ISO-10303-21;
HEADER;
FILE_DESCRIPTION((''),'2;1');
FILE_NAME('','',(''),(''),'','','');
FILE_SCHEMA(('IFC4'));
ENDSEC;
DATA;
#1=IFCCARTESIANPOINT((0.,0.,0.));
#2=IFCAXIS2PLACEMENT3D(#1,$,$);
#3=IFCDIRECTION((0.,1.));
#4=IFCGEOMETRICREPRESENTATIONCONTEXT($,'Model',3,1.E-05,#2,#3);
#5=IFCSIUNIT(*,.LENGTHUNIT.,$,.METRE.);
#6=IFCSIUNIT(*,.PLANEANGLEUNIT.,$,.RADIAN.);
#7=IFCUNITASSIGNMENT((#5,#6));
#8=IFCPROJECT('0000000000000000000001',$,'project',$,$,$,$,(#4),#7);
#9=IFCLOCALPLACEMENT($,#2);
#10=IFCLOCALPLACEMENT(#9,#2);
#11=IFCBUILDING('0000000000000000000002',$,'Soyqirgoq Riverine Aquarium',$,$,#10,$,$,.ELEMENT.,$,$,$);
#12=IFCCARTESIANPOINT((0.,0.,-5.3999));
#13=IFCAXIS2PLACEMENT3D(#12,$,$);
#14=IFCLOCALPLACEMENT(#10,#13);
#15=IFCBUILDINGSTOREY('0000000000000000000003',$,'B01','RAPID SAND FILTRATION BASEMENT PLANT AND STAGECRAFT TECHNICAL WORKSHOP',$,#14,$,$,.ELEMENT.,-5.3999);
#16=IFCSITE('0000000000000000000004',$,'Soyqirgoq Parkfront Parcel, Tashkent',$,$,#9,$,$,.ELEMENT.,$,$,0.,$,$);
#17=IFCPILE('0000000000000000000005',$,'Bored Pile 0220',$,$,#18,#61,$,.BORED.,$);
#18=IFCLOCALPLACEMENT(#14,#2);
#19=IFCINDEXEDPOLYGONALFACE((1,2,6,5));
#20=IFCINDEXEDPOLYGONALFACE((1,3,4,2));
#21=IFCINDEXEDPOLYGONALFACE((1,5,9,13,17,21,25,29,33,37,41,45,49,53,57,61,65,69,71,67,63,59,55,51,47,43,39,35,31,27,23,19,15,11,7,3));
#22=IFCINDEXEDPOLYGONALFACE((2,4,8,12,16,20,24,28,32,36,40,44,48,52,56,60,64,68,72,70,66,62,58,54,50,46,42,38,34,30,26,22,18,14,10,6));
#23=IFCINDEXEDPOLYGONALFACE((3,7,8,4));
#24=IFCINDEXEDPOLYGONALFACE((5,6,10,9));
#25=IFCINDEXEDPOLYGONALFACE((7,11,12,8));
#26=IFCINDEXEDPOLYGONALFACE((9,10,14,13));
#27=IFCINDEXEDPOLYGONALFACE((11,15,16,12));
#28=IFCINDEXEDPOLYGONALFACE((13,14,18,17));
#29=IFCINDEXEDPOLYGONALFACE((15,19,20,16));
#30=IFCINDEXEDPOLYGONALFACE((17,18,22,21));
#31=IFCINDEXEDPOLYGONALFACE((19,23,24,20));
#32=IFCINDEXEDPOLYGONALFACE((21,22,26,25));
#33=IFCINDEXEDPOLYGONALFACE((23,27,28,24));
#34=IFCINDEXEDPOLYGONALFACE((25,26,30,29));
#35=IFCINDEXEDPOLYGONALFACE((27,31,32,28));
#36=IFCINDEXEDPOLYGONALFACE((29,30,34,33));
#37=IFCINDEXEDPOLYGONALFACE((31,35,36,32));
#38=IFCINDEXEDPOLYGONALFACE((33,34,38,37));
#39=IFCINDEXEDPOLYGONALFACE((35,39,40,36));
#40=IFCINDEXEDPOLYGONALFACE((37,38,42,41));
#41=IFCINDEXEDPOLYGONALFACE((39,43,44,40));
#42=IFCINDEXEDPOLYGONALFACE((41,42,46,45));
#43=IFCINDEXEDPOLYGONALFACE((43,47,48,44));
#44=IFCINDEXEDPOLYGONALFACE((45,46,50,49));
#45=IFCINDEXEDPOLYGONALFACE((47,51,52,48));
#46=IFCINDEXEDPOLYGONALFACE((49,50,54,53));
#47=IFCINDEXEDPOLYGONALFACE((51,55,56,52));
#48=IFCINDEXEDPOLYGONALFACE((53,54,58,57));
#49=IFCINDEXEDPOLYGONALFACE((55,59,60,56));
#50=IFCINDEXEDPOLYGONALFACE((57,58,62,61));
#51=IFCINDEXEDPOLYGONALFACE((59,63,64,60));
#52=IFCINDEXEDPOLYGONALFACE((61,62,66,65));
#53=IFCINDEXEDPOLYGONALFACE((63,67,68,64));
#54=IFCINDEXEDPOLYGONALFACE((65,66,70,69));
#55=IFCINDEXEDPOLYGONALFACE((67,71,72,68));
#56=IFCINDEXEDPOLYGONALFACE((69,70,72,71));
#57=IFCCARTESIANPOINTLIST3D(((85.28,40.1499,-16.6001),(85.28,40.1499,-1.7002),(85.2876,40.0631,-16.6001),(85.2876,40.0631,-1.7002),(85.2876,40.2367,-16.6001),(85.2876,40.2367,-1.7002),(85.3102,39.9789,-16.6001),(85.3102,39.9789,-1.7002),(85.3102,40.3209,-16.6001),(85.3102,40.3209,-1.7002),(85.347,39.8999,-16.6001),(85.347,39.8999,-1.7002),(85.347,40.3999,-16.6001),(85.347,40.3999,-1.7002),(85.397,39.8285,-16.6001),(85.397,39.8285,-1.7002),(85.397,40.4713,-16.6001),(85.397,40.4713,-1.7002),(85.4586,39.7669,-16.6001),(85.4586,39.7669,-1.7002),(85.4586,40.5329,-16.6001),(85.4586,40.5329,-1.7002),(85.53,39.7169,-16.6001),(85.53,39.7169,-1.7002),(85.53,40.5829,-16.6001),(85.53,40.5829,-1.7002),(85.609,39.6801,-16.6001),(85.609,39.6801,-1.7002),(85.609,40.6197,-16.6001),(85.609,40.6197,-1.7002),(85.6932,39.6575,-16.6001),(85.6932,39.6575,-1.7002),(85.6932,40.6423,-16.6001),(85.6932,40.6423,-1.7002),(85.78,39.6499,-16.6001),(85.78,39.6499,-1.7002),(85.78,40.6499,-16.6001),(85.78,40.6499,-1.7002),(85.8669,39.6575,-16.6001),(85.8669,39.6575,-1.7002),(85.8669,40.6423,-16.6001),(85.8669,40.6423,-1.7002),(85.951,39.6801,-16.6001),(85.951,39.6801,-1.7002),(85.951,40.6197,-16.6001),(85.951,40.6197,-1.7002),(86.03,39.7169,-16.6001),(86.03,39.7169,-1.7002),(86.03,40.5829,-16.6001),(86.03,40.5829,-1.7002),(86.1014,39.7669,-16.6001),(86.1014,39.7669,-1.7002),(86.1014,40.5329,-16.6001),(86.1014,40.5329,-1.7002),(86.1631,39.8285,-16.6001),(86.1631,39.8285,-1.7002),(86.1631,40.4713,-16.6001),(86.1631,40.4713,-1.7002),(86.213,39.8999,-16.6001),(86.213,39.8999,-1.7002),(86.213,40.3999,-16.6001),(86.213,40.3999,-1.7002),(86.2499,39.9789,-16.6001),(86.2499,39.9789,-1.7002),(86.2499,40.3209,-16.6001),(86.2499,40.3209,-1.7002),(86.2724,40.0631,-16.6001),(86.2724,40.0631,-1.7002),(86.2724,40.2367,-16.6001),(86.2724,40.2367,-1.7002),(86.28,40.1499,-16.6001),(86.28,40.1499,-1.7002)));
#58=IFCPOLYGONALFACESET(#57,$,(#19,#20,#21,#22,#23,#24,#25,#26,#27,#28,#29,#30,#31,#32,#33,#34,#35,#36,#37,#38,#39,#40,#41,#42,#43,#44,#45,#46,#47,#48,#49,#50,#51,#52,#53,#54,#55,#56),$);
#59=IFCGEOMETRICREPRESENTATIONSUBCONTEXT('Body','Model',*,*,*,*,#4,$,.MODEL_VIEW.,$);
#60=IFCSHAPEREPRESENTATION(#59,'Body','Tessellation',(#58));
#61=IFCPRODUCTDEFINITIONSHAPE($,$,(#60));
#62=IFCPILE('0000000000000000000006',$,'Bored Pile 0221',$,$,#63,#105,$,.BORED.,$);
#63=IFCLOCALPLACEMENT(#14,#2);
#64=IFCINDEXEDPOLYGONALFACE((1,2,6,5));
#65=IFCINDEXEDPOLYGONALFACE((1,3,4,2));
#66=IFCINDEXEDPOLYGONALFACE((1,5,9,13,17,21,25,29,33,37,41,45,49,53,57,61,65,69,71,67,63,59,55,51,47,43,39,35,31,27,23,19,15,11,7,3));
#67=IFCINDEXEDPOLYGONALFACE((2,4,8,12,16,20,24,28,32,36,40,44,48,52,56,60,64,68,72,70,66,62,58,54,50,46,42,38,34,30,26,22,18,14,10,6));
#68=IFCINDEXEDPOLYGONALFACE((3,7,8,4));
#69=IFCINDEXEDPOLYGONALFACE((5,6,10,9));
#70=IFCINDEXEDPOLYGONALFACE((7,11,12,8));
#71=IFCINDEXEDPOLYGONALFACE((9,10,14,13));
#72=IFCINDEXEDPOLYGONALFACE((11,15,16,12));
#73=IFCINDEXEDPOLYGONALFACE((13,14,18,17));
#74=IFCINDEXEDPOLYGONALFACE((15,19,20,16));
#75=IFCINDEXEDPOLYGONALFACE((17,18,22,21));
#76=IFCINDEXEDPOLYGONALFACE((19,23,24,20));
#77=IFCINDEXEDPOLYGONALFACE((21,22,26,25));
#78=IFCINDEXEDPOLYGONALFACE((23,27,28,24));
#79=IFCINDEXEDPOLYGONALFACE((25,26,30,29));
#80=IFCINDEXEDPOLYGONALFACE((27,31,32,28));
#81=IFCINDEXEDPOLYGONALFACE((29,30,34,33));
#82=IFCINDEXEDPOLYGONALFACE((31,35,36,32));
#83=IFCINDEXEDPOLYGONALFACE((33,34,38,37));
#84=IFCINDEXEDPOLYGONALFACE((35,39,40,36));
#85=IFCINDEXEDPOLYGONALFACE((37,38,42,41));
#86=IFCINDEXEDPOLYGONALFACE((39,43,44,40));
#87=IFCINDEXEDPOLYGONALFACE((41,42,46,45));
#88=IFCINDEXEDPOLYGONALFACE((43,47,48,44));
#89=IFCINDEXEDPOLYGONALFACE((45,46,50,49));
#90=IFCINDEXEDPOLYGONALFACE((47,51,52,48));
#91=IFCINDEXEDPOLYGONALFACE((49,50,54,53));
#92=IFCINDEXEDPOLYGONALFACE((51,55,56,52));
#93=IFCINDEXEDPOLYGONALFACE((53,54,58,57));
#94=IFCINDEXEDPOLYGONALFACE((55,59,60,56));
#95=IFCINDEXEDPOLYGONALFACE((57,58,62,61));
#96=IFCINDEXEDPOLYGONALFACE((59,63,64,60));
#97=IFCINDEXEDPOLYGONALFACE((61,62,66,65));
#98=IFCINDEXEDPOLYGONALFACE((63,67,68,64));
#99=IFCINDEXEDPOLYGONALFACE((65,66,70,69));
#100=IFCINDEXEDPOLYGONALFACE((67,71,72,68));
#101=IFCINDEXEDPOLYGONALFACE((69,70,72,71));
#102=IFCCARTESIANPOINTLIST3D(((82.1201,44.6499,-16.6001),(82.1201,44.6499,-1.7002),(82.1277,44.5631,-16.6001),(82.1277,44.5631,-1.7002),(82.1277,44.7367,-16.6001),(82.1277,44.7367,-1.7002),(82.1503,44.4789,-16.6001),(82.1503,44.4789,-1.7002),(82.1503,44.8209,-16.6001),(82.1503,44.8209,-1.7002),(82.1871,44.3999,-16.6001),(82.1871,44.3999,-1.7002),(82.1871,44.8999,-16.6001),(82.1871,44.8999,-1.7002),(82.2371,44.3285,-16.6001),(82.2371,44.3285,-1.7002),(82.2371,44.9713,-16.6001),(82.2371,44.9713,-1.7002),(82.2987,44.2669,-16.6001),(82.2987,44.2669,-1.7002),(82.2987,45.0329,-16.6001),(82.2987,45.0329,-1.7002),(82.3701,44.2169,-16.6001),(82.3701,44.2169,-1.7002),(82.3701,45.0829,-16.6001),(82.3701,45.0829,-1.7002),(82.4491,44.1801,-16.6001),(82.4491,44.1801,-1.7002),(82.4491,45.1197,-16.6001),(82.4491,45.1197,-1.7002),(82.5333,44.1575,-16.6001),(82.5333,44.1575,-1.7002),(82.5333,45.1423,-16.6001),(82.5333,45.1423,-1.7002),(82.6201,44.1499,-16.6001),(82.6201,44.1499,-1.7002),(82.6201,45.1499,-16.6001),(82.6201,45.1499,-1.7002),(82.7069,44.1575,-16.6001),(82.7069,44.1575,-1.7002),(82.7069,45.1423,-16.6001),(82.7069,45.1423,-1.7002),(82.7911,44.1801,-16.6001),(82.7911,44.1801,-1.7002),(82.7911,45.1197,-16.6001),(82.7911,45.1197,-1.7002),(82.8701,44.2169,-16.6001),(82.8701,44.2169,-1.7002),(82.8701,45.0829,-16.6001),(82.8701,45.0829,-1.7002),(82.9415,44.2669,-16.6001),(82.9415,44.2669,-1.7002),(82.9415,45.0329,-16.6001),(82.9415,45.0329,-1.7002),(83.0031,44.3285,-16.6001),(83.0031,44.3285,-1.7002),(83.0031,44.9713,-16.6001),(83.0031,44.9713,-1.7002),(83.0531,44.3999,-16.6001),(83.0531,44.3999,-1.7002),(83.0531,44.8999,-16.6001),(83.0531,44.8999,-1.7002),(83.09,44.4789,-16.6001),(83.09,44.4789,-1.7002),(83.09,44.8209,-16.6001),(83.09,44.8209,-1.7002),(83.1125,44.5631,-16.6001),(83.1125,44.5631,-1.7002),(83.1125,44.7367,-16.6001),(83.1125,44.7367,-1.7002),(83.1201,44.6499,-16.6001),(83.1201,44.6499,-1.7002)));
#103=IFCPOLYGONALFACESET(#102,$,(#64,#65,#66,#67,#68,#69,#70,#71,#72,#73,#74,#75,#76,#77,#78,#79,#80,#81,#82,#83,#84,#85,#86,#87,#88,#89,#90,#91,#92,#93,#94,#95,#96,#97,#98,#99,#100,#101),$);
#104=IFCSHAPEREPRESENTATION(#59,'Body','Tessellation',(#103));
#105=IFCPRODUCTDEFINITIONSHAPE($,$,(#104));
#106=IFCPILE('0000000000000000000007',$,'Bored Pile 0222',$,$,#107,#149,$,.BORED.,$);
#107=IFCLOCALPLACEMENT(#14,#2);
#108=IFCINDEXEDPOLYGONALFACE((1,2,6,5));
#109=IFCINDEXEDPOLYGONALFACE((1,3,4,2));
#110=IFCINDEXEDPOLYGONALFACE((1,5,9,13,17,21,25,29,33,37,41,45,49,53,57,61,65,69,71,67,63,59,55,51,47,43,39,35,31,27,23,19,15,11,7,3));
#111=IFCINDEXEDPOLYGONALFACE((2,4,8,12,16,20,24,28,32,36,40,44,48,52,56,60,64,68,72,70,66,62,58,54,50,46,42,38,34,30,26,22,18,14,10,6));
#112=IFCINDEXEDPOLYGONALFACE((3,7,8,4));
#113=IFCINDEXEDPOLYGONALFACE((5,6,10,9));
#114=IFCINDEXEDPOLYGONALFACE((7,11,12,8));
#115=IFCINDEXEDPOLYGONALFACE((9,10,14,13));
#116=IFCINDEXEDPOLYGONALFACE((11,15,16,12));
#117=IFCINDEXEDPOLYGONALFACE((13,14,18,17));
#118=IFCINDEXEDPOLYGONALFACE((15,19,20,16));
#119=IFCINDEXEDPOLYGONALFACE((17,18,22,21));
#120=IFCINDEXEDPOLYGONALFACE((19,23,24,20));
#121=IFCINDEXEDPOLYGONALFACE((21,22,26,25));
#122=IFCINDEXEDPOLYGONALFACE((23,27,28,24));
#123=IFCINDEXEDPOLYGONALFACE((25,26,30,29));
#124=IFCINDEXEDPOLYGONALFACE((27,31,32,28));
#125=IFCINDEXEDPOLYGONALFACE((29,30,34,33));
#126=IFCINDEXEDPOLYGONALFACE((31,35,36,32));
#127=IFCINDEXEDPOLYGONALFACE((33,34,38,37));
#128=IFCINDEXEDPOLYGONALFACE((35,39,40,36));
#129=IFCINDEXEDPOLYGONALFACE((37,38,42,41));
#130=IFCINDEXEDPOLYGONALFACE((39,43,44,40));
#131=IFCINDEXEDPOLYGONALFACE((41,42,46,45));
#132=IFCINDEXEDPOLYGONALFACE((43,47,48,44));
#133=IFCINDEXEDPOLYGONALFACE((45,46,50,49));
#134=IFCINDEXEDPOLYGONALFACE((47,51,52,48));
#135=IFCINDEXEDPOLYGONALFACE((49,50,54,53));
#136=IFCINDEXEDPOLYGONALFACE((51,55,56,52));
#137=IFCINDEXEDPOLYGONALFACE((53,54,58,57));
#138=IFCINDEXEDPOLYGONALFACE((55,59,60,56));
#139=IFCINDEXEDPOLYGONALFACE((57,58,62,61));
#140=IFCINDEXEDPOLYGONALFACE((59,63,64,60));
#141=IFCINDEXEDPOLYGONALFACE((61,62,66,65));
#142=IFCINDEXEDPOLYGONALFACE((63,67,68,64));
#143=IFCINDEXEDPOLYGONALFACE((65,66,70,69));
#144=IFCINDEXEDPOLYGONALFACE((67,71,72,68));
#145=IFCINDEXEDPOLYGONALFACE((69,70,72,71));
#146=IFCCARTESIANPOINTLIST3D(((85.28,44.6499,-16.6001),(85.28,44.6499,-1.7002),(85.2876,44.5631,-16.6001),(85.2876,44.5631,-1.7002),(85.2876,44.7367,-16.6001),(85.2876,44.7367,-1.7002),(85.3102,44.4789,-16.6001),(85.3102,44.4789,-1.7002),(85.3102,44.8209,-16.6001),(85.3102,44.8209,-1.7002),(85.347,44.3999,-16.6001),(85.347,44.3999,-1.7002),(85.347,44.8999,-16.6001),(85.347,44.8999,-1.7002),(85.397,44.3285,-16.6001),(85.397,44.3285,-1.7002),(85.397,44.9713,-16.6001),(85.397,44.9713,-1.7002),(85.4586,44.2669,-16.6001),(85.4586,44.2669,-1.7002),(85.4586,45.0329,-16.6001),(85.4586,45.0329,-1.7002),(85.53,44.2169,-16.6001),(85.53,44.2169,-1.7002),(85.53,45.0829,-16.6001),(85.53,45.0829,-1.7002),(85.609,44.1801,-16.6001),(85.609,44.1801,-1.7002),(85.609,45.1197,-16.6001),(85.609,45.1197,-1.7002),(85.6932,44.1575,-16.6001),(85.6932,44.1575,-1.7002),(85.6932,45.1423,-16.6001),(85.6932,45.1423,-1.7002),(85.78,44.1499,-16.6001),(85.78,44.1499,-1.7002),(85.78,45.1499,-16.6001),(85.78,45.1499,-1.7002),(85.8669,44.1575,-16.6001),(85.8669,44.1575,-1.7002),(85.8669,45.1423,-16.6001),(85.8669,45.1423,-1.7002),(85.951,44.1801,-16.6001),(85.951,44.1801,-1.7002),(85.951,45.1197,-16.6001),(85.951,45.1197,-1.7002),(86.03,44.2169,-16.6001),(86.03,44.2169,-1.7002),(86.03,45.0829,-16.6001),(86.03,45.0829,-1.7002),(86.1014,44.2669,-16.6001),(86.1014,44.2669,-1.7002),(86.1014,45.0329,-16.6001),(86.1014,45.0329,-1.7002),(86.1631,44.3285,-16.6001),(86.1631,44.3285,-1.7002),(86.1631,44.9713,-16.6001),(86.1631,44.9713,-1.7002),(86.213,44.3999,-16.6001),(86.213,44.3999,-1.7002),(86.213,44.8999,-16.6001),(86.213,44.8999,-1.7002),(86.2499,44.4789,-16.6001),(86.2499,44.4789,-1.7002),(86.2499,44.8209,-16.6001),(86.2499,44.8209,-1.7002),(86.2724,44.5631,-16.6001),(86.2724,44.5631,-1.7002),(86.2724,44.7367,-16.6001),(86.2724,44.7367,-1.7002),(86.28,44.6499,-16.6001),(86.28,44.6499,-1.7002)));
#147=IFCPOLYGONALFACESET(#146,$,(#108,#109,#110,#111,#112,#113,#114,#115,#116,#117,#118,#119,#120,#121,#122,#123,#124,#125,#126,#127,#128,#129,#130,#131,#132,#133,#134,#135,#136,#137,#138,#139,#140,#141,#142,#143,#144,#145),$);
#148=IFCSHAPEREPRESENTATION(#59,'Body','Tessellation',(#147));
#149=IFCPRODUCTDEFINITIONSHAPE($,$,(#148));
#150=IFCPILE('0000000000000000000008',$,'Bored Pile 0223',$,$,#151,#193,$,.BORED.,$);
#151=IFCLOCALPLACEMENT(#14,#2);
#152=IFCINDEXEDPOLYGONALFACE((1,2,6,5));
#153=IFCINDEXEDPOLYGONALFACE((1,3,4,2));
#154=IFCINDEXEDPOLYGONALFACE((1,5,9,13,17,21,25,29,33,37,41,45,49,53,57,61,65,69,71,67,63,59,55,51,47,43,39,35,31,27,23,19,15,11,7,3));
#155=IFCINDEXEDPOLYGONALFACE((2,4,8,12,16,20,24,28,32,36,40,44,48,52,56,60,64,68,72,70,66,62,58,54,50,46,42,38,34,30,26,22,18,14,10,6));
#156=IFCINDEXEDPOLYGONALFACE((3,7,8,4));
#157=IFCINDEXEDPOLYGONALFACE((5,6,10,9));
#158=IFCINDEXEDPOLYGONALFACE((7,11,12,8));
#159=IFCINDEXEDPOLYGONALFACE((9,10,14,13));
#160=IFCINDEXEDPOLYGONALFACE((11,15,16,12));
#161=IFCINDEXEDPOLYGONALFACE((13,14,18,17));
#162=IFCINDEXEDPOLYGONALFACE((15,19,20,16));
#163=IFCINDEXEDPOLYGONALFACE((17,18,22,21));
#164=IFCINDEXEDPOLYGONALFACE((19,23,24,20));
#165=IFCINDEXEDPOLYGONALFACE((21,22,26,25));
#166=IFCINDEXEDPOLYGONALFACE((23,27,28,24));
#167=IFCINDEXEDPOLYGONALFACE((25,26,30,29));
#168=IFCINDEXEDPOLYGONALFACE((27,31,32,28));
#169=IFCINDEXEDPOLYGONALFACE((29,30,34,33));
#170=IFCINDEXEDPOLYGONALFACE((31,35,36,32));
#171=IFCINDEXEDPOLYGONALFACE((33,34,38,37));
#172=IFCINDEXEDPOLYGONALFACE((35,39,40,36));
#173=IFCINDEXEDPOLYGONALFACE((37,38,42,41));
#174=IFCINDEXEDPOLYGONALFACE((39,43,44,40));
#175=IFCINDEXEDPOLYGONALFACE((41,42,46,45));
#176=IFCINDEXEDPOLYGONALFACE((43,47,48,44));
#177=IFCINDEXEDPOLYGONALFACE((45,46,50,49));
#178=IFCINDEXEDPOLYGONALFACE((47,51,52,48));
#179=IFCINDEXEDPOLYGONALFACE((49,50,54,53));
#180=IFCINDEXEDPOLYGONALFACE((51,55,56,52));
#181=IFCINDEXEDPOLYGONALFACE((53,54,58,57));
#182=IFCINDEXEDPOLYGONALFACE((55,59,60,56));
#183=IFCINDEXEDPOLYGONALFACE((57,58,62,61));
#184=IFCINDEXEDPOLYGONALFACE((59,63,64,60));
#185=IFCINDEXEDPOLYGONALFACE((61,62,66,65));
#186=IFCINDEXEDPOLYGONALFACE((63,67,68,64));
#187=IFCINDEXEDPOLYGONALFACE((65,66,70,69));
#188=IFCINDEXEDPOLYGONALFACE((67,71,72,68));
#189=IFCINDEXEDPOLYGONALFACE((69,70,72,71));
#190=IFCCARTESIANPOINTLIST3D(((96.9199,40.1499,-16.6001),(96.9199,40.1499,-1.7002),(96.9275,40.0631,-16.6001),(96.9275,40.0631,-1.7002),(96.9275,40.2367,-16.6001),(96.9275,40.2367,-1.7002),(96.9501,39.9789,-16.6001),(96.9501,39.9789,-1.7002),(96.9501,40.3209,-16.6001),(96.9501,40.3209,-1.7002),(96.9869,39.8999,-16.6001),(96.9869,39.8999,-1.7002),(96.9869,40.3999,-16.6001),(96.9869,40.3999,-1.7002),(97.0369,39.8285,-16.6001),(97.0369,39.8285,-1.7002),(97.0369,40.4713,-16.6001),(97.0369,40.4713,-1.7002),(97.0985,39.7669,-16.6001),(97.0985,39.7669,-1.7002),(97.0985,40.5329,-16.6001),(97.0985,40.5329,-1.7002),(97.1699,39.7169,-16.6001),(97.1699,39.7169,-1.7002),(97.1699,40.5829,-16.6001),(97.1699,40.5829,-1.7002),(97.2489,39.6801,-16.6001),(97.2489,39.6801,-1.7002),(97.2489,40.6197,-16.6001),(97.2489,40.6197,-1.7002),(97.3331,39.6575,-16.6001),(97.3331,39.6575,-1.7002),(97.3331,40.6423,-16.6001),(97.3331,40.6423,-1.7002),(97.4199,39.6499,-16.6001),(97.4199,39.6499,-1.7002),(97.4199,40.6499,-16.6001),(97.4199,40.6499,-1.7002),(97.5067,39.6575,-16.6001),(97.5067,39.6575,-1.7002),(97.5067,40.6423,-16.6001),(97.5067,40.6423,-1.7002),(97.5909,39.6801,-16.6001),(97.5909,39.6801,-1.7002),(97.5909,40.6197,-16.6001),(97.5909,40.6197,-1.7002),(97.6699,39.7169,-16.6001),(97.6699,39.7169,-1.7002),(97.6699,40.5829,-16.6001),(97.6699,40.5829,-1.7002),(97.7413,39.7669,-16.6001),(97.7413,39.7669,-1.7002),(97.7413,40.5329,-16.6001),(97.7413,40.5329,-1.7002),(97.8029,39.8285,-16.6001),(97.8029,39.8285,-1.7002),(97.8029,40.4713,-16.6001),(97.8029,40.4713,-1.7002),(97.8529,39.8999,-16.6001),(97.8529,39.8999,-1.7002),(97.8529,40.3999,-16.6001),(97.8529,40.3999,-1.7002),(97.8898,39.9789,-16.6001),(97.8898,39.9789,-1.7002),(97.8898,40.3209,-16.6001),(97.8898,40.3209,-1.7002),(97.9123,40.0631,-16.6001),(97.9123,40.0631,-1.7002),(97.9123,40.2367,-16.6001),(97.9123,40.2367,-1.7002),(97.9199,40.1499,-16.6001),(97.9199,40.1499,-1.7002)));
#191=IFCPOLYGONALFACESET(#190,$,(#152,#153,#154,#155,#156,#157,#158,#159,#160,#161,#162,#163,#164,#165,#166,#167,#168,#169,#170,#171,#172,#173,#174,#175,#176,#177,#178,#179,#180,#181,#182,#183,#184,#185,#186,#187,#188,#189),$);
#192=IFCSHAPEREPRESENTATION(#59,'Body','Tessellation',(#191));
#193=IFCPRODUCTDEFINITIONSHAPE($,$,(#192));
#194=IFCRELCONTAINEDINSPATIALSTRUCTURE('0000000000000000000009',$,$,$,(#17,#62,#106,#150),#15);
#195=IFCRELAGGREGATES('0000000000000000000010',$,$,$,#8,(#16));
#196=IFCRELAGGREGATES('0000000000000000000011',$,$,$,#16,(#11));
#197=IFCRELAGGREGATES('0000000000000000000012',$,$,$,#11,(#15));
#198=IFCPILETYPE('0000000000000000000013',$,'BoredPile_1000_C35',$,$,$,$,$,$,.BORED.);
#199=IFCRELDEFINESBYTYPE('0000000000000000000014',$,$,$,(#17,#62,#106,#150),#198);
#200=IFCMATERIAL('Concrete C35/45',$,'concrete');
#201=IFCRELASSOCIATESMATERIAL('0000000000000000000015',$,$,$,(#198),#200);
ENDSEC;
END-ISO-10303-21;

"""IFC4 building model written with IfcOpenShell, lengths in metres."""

from ifc_helpers import new_model, si_unit, direction, frame, origin, origin_2d, place, context, subcontext, project, spatial, circle, extrude, material, material_profile, profile_set, type_object, element, save


model = new_model("IFC4")

# Units and contexts
model_context = context("Model", 3, precision=1e-05, world=origin(), true_north=direction((0.0, 1.0)))
body_context = subcontext(model_context, "Body", "Model", "MODEL_VIEW")
ifc_project = project(units=[si_unit("LENGTHUNIT", "METRE"), si_unit("PLANEANGLEUNIT", "RADIAN")], contexts=[model_context])

# Site, building, storey
site_placement = place(None, origin())
site = spatial("IfcSite", under=ifc_project, at=site_placement, Name="Soyqirgoq Parkfront Parcel, Tashkent", CompositionType="ELEMENT", RefElevation=0.0)
building_placement = place(site_placement, origin())
building = spatial("IfcBuilding", under=site, at=building_placement, Name="Soyqirgoq Riverine Aquarium", CompositionType="ELEMENT")
storey_placement = place(building_placement, frame((0.0, 0.0, -5.3999)))
storey = spatial("IfcBuildingStorey", under=building, at=storey_placement, Name="B01", Description="RAPID SAND FILTRATION BASEMENT PLANT AND STAGECRAFT TECHNICAL WORKSHOP", CompositionType="ELEMENT", Elevation=-5.3999)

# Piles
ifc_material_1 = material(Name="Concrete C35/45", Category="concrete")
ifc_material_profile_1 = material_profile(ifc_material_1, circle(Radius=0.5, at=origin_2d()), Name="BP D1000")
ifc_profile_set_1 = profile_set([ifc_material_profile_1], Name="Concrete C35/45")
pile_type_1 = type_object("IfcPileType", Name="BoredPile_1000_C35", PredefinedType="BORED", material=ifc_profile_set_1)
for number, where, z_axis, x_axis, name in (
    (1, (85.78, 40.1499, -1.7002), (0.0, 0.0, -1.0), (1.0, 0.0, 0.0), "Bored Pile 0220"),
    (2, (82.6201, 44.6499, -1.7002), (0.0, 0.0, -1.0), (1.0, 0.0, 0.0), "Bored Pile 0221"),
    (3, (85.78, 44.6499, -1.7002), (0.0, 0.0, -1.0), (1.0, 0.0, 0.0), "Bored Pile 0222"),
    (4, (97.4199, 40.1499, -1.7002), (0.0, 0.0, -1.0), (1.0, 0.0, 0.0), "Bored Pile 0223"),
):
    element("IfcPile", number, at=place(storey_placement, frame(where, z_axis=z_axis, x_axis=x_axis)), inside=storey, type_object=pile_type_1, Name=name, PredefinedType="BORED", context=body_context, shape_type="SweptSolid", body=[
        extrude(circle(Radius=0.5, at=origin_2d()), origin(), (0.0, 0.0, 1.0), 14.8999),
    ])

save(model, "model.ifc")
